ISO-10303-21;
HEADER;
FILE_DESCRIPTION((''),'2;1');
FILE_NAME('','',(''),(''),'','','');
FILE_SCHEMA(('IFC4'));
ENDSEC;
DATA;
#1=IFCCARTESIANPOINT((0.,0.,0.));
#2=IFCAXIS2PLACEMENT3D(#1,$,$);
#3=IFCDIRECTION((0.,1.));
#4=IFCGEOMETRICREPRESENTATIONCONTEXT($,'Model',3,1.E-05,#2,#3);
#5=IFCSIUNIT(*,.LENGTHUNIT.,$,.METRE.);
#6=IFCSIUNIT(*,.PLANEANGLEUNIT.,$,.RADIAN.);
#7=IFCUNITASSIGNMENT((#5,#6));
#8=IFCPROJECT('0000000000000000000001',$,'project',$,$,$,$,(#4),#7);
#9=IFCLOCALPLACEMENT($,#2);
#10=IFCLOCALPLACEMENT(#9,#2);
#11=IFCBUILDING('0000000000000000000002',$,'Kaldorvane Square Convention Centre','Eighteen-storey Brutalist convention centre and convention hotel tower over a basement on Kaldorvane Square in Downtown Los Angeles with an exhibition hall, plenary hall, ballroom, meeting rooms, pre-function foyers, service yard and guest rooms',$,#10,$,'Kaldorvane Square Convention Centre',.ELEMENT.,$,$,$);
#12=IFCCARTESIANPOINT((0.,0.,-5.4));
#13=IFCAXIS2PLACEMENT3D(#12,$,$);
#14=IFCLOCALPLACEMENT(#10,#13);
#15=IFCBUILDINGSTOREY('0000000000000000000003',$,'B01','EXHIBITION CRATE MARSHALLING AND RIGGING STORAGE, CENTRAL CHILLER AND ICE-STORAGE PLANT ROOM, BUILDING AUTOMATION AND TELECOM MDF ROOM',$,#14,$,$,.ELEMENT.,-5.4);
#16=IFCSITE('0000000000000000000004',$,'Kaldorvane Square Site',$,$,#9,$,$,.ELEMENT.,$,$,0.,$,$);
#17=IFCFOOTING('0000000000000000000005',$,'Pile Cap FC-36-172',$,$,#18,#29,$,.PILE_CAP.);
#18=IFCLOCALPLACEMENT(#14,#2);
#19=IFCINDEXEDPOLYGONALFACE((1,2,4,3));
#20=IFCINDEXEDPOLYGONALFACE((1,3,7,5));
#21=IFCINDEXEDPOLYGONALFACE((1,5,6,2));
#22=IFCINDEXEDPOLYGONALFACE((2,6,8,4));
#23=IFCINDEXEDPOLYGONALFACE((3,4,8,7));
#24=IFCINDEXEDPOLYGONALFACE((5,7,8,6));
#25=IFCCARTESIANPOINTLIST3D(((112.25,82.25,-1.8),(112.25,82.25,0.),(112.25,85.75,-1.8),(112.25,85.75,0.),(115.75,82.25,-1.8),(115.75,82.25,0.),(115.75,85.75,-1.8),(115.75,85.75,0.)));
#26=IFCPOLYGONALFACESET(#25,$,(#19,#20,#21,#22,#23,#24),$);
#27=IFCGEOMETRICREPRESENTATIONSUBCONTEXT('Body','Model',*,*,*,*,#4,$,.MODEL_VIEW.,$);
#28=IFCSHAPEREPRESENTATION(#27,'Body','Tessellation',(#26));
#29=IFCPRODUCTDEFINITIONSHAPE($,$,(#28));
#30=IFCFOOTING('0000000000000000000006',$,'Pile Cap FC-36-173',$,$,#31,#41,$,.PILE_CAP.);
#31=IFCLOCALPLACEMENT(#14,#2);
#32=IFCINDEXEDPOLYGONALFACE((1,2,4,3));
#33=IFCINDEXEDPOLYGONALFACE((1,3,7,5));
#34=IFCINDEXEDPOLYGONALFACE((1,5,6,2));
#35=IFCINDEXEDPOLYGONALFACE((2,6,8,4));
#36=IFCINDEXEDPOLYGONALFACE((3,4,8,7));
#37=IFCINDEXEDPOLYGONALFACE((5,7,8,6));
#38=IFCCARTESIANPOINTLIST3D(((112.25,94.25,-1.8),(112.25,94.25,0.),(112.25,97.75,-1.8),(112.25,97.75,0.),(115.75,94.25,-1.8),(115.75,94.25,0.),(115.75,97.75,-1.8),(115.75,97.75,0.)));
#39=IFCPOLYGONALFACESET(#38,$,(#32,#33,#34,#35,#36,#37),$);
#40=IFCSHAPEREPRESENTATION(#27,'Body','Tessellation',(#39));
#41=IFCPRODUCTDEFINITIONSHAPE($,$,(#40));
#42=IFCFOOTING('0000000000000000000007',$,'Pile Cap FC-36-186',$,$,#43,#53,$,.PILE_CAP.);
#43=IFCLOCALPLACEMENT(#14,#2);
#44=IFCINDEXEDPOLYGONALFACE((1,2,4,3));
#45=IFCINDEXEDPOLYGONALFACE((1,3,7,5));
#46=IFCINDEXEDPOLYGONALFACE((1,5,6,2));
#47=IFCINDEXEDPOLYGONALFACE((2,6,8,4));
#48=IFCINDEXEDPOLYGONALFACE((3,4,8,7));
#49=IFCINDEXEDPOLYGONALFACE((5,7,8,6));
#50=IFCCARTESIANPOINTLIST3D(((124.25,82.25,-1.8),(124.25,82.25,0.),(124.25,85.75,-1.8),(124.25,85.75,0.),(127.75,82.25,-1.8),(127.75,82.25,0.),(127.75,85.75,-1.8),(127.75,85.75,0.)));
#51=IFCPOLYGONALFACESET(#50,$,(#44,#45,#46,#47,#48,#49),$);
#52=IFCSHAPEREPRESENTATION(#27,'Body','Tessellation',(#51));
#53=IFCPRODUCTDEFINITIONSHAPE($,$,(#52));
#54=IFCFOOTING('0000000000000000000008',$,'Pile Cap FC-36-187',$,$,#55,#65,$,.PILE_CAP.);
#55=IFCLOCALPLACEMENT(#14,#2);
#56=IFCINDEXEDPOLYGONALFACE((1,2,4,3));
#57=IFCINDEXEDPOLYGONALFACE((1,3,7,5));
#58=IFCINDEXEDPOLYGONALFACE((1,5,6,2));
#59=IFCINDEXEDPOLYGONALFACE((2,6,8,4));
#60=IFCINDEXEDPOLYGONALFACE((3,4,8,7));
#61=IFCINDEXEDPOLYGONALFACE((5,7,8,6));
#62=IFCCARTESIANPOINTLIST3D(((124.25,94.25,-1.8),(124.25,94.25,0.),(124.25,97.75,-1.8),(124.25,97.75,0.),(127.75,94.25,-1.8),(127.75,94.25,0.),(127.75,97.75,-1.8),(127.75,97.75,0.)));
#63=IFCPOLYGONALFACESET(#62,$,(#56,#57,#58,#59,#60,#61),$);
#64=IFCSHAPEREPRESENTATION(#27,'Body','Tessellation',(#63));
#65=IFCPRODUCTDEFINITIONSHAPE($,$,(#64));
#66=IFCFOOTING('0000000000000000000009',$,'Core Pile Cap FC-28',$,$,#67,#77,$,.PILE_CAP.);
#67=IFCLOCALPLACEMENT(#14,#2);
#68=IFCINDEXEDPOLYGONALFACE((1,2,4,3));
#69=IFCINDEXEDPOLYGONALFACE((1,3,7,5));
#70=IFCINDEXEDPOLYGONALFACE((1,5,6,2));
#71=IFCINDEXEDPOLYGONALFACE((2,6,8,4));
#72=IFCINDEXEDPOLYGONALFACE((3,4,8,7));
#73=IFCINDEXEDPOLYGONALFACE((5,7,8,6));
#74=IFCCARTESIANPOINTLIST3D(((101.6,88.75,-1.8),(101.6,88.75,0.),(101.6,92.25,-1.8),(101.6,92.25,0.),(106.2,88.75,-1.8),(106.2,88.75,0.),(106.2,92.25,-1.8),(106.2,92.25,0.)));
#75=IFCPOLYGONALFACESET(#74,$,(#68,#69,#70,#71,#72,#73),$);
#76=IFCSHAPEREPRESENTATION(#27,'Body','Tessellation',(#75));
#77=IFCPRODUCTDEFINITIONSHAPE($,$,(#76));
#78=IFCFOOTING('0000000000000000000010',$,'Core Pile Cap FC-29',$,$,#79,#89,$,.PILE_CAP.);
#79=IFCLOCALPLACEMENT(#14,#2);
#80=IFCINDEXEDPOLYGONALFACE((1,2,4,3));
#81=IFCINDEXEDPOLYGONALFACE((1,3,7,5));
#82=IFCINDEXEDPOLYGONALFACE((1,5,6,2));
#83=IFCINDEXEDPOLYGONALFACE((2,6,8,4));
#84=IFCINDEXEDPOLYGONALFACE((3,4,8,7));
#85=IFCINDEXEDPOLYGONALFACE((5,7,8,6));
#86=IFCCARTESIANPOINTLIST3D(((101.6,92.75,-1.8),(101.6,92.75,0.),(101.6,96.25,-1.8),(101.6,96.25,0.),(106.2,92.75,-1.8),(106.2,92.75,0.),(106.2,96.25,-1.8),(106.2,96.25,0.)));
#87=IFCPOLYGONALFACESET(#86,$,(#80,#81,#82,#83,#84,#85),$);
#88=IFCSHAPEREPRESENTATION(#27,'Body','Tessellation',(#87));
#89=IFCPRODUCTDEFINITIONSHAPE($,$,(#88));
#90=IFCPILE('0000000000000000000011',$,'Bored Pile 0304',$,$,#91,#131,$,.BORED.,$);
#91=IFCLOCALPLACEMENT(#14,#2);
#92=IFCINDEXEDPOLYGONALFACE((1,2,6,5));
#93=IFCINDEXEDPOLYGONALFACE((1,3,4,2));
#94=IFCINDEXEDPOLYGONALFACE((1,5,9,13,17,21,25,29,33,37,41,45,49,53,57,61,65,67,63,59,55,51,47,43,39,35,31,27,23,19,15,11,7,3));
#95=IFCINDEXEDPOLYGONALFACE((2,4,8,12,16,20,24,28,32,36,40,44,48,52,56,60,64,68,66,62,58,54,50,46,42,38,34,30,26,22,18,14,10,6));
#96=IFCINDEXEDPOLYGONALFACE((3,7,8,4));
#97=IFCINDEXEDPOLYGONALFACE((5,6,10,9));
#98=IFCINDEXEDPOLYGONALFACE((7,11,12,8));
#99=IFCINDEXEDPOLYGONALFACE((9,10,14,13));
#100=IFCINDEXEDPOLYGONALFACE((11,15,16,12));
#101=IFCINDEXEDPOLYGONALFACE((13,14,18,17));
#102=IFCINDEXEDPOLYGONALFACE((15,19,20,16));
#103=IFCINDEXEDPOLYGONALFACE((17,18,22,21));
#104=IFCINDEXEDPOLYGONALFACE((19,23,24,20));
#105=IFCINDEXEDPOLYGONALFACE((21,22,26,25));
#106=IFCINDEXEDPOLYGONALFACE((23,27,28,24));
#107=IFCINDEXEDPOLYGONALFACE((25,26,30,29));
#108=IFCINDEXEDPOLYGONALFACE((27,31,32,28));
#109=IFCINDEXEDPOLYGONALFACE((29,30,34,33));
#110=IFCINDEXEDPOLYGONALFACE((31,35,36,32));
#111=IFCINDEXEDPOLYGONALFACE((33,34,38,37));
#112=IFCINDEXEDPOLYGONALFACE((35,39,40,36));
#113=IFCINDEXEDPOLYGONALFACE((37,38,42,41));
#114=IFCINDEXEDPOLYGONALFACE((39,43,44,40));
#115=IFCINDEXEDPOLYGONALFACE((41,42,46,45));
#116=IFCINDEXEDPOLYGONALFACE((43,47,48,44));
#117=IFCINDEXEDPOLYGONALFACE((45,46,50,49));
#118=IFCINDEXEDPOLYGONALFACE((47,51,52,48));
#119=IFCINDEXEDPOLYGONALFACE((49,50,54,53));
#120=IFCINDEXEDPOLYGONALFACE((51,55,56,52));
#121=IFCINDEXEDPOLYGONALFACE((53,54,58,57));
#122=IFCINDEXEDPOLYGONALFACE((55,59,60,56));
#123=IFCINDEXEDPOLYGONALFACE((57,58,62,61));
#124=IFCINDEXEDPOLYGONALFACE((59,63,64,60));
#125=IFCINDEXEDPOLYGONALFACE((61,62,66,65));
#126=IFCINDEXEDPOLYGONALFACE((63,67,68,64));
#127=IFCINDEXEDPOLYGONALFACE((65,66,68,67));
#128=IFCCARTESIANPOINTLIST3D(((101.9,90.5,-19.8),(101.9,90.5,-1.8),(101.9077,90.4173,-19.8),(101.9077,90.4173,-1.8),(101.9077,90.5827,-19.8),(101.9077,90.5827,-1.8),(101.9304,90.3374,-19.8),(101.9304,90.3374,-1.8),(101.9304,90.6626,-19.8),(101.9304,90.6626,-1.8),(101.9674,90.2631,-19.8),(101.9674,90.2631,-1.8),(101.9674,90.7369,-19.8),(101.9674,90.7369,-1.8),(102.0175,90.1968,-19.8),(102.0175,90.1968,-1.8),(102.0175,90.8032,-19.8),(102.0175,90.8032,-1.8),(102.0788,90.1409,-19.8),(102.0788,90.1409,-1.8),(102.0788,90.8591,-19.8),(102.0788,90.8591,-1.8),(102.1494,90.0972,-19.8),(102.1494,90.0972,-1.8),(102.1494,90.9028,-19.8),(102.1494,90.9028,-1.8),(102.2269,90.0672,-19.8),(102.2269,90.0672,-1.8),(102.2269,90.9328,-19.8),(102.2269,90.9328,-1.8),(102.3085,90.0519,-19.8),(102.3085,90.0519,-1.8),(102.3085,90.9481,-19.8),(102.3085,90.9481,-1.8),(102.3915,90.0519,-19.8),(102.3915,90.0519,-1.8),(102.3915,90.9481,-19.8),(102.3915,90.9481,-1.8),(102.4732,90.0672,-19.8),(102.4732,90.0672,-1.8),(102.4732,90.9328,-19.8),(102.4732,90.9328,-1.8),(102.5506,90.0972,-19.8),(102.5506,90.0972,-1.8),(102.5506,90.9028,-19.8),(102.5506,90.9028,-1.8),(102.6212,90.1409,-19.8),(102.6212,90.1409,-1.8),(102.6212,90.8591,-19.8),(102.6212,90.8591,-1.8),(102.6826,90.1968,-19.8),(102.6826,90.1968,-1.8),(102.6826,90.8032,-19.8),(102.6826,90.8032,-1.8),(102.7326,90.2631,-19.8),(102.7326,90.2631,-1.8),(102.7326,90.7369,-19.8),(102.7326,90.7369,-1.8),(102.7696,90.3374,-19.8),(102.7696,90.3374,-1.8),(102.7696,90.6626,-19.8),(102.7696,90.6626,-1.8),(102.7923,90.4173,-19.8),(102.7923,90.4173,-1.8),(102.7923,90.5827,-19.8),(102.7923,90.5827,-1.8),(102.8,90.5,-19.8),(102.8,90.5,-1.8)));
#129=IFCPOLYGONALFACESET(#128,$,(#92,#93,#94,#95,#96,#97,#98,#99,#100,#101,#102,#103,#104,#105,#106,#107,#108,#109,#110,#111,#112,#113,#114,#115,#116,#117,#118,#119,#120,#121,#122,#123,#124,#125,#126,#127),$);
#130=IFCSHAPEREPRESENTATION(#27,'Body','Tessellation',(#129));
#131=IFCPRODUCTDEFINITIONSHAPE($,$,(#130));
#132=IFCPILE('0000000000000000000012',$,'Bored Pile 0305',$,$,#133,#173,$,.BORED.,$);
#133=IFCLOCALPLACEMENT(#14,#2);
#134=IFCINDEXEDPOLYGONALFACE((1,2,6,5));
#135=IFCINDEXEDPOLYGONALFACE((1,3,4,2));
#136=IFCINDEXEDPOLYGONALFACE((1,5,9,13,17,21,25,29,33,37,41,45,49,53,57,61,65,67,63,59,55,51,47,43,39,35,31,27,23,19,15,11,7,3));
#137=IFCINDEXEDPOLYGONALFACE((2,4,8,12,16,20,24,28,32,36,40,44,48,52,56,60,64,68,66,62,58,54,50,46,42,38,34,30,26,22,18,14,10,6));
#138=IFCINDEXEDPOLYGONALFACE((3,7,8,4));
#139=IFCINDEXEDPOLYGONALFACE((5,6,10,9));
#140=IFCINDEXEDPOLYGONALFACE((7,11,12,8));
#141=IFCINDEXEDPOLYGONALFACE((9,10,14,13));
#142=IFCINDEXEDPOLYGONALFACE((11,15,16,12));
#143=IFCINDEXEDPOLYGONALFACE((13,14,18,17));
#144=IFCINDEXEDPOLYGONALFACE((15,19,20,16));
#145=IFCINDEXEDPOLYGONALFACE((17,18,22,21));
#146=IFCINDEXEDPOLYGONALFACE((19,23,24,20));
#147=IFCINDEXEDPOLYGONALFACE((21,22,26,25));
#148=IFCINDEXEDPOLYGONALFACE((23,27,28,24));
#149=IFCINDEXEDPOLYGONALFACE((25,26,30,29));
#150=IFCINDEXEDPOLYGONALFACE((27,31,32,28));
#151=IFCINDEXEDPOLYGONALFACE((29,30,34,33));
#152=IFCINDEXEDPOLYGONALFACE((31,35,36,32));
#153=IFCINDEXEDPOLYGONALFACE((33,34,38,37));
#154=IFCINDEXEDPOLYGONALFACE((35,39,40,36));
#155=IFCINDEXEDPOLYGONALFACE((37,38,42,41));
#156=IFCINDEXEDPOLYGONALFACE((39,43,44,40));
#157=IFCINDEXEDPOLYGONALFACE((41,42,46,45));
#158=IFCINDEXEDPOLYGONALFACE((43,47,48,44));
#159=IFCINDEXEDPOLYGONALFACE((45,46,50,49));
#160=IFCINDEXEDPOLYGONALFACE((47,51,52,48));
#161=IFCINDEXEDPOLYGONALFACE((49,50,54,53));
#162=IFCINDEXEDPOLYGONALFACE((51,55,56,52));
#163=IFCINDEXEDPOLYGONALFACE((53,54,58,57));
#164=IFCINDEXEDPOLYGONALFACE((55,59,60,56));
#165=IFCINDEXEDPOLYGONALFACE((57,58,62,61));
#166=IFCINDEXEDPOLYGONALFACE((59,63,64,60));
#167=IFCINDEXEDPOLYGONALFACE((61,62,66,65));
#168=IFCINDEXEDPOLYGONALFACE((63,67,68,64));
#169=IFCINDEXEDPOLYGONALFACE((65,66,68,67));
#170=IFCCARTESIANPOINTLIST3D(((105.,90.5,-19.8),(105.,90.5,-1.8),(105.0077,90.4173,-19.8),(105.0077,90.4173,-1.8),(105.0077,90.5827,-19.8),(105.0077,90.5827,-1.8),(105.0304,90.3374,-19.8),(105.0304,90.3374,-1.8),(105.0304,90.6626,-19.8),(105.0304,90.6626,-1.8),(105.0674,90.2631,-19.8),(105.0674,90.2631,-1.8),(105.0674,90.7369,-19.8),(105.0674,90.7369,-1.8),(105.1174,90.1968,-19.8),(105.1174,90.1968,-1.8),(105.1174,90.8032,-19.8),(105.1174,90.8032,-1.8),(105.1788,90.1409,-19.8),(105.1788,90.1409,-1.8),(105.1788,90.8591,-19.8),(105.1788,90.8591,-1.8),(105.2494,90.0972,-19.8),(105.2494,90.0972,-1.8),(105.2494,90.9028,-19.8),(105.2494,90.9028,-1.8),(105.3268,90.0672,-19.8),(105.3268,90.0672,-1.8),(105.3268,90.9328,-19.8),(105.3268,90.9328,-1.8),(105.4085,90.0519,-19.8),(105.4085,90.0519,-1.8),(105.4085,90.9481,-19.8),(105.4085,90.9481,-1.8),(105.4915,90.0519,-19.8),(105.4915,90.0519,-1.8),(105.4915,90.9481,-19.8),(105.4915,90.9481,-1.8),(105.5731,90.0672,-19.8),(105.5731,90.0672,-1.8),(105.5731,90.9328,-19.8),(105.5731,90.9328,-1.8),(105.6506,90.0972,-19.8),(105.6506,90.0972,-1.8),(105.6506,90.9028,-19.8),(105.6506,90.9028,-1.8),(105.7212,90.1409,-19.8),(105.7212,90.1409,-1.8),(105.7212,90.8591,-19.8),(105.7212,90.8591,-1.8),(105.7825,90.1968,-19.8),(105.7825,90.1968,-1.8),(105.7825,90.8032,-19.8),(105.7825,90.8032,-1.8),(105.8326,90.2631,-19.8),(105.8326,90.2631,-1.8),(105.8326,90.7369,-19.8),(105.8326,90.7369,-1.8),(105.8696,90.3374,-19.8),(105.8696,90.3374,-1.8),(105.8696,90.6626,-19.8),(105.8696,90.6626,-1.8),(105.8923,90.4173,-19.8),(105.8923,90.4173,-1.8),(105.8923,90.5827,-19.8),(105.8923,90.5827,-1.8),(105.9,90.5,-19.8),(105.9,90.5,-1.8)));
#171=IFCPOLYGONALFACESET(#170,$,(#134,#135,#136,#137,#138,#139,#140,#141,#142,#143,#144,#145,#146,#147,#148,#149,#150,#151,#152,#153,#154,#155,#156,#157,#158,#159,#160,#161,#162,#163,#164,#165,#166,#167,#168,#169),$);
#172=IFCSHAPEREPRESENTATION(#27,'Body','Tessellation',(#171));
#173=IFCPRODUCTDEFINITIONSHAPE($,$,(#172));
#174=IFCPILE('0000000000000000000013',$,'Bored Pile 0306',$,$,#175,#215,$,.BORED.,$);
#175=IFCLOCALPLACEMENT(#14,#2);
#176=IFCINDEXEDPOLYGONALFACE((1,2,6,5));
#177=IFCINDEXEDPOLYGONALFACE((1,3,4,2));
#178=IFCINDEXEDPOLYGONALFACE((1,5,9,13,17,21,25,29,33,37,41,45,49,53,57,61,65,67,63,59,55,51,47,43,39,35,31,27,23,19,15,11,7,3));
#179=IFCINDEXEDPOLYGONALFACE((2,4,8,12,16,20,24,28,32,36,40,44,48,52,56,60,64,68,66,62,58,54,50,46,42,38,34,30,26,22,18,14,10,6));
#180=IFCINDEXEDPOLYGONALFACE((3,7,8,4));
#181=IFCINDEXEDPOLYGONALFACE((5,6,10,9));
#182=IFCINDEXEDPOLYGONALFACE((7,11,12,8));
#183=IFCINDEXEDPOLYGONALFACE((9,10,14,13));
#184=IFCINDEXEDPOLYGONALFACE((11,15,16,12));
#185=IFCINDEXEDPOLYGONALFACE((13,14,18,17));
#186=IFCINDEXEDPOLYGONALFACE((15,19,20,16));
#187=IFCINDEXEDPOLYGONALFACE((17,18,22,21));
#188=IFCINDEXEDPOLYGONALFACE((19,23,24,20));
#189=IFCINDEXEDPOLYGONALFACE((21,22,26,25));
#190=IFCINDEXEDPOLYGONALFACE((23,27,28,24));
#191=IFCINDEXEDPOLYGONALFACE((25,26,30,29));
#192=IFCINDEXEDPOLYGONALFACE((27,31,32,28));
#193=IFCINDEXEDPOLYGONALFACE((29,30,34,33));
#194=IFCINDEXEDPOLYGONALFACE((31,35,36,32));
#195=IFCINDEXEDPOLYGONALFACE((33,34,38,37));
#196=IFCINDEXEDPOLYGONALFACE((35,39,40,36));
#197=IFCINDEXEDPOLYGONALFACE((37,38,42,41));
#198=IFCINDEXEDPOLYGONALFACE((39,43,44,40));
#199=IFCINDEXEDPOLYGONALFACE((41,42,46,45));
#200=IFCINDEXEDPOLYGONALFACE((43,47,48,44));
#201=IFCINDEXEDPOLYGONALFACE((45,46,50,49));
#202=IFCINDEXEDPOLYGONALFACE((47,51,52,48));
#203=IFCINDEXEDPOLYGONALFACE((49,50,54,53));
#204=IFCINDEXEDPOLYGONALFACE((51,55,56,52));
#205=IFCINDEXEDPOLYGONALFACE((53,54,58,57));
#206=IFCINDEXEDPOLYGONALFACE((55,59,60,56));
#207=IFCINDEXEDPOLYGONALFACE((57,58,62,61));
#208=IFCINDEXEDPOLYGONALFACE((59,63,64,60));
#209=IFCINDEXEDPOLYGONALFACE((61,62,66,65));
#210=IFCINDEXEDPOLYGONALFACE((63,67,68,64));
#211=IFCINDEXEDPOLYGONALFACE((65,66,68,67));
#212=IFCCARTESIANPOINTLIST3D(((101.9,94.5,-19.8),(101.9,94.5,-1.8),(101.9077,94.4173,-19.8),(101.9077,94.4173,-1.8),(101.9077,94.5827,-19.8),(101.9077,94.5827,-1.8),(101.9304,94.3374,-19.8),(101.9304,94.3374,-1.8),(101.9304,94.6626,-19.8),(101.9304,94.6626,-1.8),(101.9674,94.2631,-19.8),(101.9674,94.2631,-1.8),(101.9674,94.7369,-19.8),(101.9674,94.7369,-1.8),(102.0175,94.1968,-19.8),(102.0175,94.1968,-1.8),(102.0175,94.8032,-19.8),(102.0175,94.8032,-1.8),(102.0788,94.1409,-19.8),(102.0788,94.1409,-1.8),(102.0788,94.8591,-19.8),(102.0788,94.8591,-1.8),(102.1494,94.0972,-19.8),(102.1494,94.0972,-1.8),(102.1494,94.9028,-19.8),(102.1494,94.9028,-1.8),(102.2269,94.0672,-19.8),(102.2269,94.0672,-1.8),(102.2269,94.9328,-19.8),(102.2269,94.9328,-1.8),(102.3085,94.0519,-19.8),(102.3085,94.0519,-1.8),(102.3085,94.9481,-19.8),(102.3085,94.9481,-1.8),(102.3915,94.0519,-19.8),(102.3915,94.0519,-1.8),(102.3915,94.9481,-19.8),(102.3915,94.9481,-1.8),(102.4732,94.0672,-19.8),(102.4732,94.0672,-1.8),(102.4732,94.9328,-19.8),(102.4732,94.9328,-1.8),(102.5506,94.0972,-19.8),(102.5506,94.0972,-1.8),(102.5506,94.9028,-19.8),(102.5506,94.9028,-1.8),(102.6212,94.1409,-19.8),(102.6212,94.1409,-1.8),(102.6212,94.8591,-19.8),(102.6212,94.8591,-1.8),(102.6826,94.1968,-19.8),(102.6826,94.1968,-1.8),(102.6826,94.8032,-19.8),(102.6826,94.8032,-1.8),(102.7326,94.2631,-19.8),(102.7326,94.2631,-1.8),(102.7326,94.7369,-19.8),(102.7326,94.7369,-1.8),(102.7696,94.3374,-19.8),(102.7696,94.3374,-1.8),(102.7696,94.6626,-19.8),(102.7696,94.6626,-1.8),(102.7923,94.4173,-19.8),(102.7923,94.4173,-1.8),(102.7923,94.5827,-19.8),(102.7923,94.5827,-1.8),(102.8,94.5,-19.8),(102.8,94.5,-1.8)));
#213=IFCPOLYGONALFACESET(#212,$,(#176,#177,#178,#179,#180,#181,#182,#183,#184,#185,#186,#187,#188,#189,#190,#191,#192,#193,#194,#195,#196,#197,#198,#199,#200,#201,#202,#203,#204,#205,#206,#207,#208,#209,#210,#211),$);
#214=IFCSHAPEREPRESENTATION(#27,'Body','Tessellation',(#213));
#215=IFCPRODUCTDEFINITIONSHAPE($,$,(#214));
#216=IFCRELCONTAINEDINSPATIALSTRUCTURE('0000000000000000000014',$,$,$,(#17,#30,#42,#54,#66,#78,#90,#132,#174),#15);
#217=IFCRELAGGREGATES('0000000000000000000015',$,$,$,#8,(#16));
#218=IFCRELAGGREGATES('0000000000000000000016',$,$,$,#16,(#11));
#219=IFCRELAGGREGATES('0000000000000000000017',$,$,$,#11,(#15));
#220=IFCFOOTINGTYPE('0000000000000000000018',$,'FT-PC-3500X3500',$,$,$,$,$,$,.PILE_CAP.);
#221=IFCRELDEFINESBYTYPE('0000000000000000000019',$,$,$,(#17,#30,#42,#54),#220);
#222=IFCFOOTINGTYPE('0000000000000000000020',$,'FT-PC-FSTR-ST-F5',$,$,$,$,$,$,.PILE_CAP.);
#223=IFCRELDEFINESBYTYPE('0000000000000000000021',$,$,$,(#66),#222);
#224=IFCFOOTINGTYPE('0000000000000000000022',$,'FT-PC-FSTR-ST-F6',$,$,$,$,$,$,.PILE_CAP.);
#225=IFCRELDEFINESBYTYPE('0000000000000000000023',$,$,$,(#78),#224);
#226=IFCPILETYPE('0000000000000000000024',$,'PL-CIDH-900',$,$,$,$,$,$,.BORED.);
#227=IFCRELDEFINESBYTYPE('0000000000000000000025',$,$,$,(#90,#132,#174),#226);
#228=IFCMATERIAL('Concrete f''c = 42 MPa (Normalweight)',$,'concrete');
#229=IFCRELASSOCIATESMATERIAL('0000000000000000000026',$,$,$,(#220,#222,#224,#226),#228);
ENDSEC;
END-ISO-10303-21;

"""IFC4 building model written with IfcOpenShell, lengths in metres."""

from ifc_helpers import new_model, si_unit, direction, frame, origin, origin_2d, place, context, subcontext, project, spatial, rectangle, circle, extrude, material, material_profile, profile_set, type_object, element, save


model = new_model("IFC4")

# Units and contexts
model_context = context("Model", 3, precision=1e-05, world=origin(), true_north=direction((0.0, 1.0)))
body_context = subcontext(model_context, "Body", "Model", "MODEL_VIEW")
ifc_project = project(units=[si_unit("LENGTHUNIT", "METRE"), si_unit("PLANEANGLEUNIT", "RADIAN")], contexts=[model_context])

# Site, building, storey
site_placement = place(None, origin())
site = spatial("IfcSite", under=ifc_project, at=site_placement, Name="Kaldorvane Square Site", CompositionType="ELEMENT", RefElevation=0.0)
building_placement = place(site_placement, origin())
building = spatial("IfcBuilding", under=site, at=building_placement, Name="Kaldorvane Square Convention Centre", Description="Eighteen-storey Brutalist convention centre and convention hotel tower over a basement on Kaldorvane Square in Downtown Los Angeles with an exhibition hall, plenary hall, ballroom, meeting rooms, pre-function foyers, service yard and guest rooms", LongName="Kaldorvane Square Convention Centre", CompositionType="ELEMENT")
storey_placement = place(building_placement, frame((0.0, 0.0, -5.4)))
storey = spatial("IfcBuildingStorey", under=building, at=storey_placement, Name="B01", Description="EXHIBITION CRATE MARSHALLING AND RIGGING STORAGE, CENTRAL CHILLER AND ICE-STORAGE PLANT ROOM, BUILDING AUTOMATION AND TELECOM MDF ROOM", CompositionType="ELEMENT", Elevation=-5.4)

# Footings
ifc_material_1 = material(Name="Concrete f'c = 42 MPa (Normalweight)", Category="concrete")
footing_type_1 = type_object("IfcFootingType", Name="FT-PC-3500X3500", PredefinedType="PILE_CAP", material=ifc_material_1)
for number, where, z_axis, x_axis, name in (
    (1, (114.0, 84.0, -1.8), (0.0, 0.0, 1.0), (1.0, 0.0, 0.0), "Pile Cap FC-36-172"),
    (2, (114.0, 96.0, -1.8), (0.0, 0.0, 1.0), (1.0, 0.0, 0.0), "Pile Cap FC-36-173"),
    (3, (126.0, 84.0, -1.8), (0.0, 0.0, 1.0), (1.0, 0.0, 0.0), "Pile Cap FC-36-186"),
    (4, (126.0, 96.0, -1.8), (0.0, 0.0, 1.0), (1.0, 0.0, 0.0), "Pile Cap FC-36-187"),
):
    element("IfcFooting", number, at=place(storey_placement, frame(where, z_axis=z_axis, x_axis=x_axis)), inside=storey, type_object=footing_type_1, Name=name, PredefinedType="PILE_CAP", context=body_context, shape_type="SweptSolid", body=[
        extrude(rectangle(XDim=3.5, YDim=3.5, at=origin_2d()), origin(), (0.0, 0.0, 1.0), 1.8),
    ])
footing_type_2 = type_object("IfcFootingType", Name="FT-PC-FSTR-ST-F5", PredefinedType="PILE_CAP", material=ifc_material_1)
footing_1_placement = place(storey_placement, frame((103.9, 90.5, -1.8), z_axis=(0.0, 0.0, 1.0), x_axis=(1.0, 0.0, 0.0)))
element("IfcFooting", 5, at=footing_1_placement, inside=storey, type_object=footing_type_2, Name="Core Pile Cap FC-28", PredefinedType="PILE_CAP", context=body_context, shape_type="SweptSolid", body=[
    extrude(rectangle(XDim=4.6, YDim=3.5, at=origin_2d()), origin(), (0.0, 0.0, 1.0), 1.8),
])
footing_type_3 = type_object("IfcFootingType", Name="FT-PC-FSTR-ST-F6", PredefinedType="PILE_CAP", material=ifc_material_1)
footing_2_placement = place(storey_placement, frame((103.9, 94.5, -1.8), z_axis=(0.0, 0.0, 1.0), x_axis=(1.0, 0.0, 0.0)))
element("IfcFooting", 6, at=footing_2_placement, inside=storey, type_object=footing_type_3, Name="Core Pile Cap FC-29", PredefinedType="PILE_CAP", context=body_context, shape_type="SweptSolid", body=[
    extrude(rectangle(XDim=4.6, YDim=3.5, at=origin_2d()), origin(), (0.0, 0.0, 1.0), 1.8),
])

# Piles
ifc_material_profile_1 = material_profile(ifc_material_1, circle(Radius=0.45, at=origin_2d()), Name="PILE-D900")
ifc_profile_set_1 = profile_set([ifc_material_profile_1], Name="Concrete f'c = 42 MPa (Normalweight)")
pile_type = type_object("IfcPileType", Name="PL-CIDH-900", PredefinedType="BORED", material=ifc_profile_set_1)
for number, where, z_axis, x_axis, name in (
    (7, (102.35, 90.5, -1.8), (0.0, 0.0, -1.0), (1.0, 0.0, 0.0), "Bored Pile 0304"),
    (8, (105.45, 90.5, -1.8), (0.0, 0.0, -1.0), (1.0, 0.0, 0.0), "Bored Pile 0305"),
    (9, (102.35, 94.5, -1.8), (0.0, 0.0, -1.0), (1.0, 0.0, 0.0), "Bored Pile 0306"),
):
    element("IfcPile", number, at=place(storey_placement, frame(where, z_axis=z_axis, x_axis=x_axis)), inside=storey, type_object=pile_type, Name=name, PredefinedType="BORED", context=body_context, shape_type="SweptSolid", body=[
        extrude(circle(Radius=0.45, at=origin_2d()), origin(), (0.0, 0.0, 1.0), 18.0),
    ])

save(model, "model.ifc")
